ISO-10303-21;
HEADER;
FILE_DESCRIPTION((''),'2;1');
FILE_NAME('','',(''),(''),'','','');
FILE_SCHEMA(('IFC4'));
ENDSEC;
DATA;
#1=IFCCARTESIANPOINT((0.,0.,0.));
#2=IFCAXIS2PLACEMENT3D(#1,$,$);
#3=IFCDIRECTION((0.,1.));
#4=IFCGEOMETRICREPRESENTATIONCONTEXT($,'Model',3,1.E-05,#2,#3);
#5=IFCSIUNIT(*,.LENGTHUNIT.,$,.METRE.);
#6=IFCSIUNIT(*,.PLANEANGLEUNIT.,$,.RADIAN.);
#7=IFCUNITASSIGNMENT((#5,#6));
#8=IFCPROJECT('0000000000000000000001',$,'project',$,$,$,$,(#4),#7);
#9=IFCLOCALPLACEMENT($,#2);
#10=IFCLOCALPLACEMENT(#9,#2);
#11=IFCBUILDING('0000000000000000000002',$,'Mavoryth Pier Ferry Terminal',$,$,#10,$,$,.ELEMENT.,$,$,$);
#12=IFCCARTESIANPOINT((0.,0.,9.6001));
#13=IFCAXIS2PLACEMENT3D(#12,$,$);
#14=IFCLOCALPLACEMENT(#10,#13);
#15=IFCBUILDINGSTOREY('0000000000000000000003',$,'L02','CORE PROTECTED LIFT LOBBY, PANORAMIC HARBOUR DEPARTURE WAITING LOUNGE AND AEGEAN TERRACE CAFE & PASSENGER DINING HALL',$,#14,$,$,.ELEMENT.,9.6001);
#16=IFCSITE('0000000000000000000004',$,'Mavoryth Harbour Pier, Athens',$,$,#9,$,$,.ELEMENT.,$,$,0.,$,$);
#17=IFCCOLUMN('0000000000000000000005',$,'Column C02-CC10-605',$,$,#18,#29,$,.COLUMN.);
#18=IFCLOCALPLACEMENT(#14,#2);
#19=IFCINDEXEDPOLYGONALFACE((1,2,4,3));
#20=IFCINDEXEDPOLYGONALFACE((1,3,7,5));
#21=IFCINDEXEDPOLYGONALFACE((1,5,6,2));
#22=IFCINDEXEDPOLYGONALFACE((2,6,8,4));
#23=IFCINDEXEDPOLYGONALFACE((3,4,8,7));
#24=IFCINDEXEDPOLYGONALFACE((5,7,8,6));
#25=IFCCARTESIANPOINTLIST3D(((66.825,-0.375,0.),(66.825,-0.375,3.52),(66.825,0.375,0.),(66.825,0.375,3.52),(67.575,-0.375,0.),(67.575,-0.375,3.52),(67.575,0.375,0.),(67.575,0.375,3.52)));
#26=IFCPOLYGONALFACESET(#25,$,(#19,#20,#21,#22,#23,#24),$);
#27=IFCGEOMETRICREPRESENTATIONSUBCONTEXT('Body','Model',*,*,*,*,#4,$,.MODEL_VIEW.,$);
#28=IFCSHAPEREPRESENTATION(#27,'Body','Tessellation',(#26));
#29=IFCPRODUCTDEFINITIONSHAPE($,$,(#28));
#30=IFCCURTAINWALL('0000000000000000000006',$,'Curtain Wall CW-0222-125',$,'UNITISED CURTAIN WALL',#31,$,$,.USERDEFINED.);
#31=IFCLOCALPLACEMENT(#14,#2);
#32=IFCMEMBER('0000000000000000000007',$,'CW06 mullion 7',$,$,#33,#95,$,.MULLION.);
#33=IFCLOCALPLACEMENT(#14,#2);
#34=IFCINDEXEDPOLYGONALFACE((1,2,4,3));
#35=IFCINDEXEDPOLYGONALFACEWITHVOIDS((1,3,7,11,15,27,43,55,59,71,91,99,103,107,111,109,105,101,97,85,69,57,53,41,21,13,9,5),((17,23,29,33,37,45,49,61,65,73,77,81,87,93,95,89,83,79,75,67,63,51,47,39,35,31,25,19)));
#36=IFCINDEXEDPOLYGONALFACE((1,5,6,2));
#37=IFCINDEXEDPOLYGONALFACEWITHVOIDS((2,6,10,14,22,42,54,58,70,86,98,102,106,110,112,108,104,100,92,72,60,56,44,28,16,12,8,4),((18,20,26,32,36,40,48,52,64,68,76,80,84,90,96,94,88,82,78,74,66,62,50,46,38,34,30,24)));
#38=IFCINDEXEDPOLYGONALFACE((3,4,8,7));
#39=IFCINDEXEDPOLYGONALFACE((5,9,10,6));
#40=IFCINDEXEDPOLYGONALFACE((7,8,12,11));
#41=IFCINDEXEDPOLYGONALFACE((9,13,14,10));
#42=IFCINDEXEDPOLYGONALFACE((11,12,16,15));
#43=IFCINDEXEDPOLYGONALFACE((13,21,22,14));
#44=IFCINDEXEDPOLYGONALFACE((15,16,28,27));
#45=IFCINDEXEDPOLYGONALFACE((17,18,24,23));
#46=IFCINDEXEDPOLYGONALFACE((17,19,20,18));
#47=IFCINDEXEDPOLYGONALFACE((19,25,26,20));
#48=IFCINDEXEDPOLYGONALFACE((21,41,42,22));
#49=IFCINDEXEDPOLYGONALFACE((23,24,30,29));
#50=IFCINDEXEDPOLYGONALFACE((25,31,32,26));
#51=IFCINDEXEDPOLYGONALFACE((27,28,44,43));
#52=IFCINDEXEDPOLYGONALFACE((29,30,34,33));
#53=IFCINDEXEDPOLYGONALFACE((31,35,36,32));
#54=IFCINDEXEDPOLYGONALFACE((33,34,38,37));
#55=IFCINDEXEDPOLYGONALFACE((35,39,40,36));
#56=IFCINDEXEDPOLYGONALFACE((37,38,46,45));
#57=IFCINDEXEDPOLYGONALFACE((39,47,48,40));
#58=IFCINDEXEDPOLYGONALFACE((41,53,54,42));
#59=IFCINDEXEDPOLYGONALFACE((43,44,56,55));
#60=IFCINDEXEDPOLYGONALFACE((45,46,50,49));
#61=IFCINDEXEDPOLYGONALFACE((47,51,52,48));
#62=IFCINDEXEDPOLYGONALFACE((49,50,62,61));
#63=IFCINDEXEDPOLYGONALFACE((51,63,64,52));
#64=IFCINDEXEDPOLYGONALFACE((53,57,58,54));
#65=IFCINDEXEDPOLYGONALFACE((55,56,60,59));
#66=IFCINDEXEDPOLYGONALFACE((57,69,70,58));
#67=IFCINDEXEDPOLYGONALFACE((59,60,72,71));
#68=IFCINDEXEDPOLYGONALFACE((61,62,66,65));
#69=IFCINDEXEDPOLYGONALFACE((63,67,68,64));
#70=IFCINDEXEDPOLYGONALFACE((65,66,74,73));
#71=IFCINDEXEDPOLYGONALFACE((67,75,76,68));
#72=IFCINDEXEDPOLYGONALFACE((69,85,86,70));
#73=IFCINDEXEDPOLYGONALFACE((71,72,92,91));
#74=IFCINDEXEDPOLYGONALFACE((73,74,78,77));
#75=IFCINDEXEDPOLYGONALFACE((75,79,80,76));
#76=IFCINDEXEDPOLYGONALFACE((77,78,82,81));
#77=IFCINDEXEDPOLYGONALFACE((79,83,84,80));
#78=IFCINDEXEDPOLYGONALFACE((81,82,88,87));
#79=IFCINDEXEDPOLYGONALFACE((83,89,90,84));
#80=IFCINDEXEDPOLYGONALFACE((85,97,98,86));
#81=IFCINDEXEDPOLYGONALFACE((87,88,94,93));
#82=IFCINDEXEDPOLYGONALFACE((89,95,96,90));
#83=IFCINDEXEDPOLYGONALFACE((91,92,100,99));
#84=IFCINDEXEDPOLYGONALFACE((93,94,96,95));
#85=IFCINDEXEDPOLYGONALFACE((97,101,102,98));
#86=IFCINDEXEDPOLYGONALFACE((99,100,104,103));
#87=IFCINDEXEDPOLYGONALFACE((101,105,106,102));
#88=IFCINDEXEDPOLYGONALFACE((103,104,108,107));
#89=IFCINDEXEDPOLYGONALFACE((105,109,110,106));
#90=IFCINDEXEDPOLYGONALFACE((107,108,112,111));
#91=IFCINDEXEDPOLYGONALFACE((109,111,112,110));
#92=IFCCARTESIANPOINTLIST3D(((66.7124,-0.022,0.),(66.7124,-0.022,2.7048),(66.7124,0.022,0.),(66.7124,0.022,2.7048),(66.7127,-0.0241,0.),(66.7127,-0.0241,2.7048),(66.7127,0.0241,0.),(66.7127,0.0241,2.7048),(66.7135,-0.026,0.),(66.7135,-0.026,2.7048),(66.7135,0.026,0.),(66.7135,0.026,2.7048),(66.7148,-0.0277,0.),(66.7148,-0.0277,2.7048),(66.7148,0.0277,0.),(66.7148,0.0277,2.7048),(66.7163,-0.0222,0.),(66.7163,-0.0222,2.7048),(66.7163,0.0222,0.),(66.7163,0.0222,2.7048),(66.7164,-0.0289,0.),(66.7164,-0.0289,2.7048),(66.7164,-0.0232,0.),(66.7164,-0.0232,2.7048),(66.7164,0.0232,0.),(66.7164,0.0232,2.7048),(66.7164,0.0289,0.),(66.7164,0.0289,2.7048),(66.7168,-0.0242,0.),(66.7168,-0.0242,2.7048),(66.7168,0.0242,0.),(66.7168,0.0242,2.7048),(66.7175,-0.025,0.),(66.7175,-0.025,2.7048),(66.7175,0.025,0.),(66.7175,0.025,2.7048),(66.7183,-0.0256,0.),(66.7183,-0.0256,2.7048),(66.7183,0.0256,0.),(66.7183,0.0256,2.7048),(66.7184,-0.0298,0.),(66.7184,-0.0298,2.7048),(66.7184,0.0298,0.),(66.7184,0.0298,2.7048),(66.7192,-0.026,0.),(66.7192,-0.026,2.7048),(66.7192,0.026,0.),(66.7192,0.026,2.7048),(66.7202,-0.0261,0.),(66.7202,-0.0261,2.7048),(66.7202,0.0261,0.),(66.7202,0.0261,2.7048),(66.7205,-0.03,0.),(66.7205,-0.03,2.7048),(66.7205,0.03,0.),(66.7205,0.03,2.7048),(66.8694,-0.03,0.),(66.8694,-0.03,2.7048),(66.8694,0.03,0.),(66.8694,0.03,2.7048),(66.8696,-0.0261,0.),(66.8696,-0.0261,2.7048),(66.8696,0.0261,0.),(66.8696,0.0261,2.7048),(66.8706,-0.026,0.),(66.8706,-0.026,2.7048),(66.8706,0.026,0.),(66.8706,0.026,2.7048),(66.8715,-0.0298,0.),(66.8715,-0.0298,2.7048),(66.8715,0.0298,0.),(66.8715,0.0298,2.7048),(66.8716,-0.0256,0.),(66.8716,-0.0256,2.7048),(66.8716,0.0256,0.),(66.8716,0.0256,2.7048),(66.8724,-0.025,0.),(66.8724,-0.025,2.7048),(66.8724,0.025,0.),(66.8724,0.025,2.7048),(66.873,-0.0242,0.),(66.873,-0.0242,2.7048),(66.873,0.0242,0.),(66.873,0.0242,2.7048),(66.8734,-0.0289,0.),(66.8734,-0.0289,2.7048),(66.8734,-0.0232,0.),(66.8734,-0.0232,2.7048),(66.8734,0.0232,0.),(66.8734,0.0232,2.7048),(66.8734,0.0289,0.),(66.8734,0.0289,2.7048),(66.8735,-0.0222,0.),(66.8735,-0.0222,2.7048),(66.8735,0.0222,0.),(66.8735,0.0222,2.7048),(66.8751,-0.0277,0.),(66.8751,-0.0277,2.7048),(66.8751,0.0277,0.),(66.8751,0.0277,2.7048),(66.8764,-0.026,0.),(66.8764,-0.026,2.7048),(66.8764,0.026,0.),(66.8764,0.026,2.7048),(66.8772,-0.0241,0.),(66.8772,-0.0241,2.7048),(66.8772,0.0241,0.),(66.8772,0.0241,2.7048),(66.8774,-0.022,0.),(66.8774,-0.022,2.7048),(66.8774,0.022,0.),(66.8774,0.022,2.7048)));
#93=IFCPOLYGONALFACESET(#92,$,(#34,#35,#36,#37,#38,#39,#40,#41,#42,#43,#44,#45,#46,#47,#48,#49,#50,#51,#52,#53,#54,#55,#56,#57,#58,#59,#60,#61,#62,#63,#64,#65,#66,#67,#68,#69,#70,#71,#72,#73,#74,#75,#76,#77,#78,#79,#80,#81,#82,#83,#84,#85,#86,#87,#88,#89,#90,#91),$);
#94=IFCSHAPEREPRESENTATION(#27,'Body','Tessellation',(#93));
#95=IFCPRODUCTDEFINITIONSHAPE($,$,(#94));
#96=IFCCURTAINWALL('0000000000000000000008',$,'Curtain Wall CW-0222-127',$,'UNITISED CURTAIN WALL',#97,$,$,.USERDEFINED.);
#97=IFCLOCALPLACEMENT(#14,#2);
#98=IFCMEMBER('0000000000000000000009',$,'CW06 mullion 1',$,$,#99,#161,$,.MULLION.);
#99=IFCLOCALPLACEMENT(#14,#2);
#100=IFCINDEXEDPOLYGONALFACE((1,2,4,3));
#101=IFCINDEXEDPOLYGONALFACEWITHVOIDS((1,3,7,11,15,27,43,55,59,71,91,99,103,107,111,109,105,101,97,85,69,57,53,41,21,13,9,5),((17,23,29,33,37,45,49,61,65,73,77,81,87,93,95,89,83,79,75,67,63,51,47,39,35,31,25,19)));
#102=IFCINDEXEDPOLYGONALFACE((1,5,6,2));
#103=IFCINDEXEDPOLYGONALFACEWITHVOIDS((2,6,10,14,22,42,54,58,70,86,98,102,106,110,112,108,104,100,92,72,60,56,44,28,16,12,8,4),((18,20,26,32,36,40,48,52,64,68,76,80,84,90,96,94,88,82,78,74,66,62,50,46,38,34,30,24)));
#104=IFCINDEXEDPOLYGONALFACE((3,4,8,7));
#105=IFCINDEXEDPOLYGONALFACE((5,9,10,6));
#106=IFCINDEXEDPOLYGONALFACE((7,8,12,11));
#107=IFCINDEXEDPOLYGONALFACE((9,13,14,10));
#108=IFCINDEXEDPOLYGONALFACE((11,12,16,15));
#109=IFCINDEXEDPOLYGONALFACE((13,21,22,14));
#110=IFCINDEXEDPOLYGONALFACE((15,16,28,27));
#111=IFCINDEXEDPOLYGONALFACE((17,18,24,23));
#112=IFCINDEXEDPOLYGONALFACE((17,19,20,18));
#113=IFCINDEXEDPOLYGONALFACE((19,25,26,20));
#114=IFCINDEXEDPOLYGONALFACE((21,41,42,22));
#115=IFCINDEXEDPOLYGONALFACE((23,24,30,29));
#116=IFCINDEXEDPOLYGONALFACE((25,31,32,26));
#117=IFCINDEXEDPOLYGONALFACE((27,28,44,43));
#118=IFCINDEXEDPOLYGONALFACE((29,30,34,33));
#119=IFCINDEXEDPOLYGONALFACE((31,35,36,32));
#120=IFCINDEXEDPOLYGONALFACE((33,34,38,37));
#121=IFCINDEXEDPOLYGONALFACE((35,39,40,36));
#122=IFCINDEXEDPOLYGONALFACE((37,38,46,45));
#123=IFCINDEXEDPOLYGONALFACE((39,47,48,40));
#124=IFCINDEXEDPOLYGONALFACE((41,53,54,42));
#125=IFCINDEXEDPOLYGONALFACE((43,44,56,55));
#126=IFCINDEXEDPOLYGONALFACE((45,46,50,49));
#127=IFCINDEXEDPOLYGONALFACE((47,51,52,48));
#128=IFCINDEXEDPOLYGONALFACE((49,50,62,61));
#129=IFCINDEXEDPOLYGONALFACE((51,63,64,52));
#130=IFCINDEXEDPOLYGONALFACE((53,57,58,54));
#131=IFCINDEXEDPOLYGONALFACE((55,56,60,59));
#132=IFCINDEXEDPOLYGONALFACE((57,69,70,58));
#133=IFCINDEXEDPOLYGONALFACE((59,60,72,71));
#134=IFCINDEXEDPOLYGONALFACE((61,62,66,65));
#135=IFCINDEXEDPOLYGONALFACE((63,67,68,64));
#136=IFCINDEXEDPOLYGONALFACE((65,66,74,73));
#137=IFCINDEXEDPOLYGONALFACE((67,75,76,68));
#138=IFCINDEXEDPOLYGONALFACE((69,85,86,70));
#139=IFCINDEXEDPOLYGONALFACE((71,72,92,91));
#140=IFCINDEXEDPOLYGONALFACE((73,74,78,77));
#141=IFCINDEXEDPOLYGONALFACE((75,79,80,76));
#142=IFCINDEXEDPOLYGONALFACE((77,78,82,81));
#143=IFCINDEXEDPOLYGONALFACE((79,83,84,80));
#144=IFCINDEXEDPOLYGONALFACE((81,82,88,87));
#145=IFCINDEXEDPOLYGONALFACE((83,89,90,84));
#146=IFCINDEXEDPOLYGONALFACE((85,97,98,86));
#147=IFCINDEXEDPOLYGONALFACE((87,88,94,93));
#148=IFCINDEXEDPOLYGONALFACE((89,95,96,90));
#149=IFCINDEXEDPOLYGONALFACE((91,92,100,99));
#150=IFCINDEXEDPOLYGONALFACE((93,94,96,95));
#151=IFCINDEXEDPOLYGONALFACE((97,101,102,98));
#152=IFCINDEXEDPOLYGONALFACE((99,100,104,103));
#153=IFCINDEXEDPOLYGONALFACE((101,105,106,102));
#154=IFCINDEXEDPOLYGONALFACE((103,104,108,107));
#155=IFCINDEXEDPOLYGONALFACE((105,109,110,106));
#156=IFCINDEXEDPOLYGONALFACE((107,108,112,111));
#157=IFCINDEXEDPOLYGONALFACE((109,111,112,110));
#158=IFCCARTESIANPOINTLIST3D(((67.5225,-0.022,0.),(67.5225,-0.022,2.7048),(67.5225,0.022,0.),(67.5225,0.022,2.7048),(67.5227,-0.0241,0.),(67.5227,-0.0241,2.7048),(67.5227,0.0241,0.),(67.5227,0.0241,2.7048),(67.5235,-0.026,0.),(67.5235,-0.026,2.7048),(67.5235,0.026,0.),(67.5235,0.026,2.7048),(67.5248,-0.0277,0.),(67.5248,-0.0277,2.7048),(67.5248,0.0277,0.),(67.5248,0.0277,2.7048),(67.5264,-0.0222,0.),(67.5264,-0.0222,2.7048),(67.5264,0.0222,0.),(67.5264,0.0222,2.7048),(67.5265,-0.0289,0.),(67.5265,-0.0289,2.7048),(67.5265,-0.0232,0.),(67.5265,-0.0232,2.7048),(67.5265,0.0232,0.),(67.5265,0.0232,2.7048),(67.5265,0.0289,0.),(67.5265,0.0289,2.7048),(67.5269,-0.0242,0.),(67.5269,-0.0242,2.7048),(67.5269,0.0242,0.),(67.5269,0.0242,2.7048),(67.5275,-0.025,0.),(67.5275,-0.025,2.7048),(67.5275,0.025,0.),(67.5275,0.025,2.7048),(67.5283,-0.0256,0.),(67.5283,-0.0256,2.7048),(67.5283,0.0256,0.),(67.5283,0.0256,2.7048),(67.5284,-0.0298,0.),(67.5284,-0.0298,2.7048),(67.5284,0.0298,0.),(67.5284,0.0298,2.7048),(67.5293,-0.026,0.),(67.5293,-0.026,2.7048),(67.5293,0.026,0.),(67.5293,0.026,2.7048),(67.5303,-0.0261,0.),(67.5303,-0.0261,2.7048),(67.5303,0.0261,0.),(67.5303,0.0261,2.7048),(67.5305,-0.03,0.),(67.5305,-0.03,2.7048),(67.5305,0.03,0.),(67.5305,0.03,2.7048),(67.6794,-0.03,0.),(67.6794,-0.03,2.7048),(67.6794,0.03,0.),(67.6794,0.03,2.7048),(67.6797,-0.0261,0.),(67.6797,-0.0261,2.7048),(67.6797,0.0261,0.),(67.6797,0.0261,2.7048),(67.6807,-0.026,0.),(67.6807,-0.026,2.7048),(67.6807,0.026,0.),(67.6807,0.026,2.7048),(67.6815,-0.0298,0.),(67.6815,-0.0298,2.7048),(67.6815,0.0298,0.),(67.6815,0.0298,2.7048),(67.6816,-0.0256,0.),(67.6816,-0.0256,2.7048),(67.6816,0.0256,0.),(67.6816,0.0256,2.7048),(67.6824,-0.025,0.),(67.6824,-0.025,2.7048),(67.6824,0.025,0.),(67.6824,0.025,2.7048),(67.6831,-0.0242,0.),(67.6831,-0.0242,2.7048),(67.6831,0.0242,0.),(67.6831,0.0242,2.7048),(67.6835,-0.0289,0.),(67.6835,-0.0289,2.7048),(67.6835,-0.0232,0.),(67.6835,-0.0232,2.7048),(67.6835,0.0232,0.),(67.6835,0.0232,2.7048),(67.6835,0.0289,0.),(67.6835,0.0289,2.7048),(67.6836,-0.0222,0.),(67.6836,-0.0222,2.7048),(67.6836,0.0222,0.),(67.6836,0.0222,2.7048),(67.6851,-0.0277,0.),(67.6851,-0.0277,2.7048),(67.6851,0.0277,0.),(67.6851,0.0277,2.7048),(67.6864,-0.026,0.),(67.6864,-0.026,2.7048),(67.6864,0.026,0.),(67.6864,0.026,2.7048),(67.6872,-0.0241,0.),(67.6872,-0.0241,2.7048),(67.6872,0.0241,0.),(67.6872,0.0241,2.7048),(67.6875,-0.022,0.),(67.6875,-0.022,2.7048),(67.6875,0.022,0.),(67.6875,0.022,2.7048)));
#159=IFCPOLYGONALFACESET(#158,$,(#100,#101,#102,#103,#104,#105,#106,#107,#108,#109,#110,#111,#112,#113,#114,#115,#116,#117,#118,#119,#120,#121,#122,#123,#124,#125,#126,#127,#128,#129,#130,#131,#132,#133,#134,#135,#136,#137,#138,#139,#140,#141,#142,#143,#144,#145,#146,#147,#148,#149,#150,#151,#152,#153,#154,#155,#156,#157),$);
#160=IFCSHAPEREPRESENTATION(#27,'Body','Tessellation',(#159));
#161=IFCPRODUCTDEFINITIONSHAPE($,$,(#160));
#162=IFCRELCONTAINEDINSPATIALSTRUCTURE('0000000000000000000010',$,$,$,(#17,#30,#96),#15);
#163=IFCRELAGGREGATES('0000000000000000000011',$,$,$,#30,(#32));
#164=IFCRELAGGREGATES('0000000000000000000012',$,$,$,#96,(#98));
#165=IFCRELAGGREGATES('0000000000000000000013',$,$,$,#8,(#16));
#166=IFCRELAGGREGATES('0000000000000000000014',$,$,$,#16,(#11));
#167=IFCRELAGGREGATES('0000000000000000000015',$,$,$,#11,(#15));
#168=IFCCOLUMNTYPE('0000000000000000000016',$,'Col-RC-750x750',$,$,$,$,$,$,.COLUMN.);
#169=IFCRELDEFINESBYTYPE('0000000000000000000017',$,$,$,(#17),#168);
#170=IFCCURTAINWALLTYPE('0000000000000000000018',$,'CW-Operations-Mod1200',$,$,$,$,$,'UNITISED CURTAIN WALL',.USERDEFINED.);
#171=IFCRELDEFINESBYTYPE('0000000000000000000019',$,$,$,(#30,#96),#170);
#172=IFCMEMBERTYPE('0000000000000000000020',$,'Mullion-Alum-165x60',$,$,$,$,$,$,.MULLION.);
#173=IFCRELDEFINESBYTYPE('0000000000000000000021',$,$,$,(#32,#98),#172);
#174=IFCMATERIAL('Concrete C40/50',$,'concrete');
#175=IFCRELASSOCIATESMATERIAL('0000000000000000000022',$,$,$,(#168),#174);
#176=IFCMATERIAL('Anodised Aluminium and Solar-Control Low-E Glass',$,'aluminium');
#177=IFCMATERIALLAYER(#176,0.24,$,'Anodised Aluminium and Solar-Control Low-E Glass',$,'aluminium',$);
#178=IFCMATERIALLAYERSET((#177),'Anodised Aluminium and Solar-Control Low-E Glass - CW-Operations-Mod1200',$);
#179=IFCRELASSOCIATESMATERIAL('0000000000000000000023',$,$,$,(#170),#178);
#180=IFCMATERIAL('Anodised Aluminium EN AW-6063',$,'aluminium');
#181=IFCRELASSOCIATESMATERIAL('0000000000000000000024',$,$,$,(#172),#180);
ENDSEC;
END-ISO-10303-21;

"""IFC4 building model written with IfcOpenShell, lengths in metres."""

from ifc_helpers import new_model, si_unit, direction, frame, origin, origin_2d, place, context, subcontext, project, spatial, rectangle, hollow_rectangle, extrude, material, layer, layer_set, material_profile, profile_set, type_object, element, aggregate, save


model = new_model("IFC4")

# Units and contexts
model_context = context("Model", 3, precision=1e-05, world=origin(), true_north=direction((0.0, 1.0)))
body_context = subcontext(model_context, "Body", "Model", "MODEL_VIEW")
ifc_project = project(units=[si_unit("LENGTHUNIT", "METRE"), si_unit("PLANEANGLEUNIT", "RADIAN")], contexts=[model_context])

# Site, building, storey
site_placement = place(None, origin())
site = spatial("IfcSite", under=ifc_project, at=site_placement, Name="Mavoryth Harbour Pier, Athens", CompositionType="ELEMENT", RefElevation=0.0)
building_placement = place(site_placement, origin())
building = spatial("IfcBuilding", under=site, at=building_placement, Name="Mavoryth Pier Ferry Terminal", CompositionType="ELEMENT")
storey_placement = place(building_placement, frame((0.0, 0.0, 9.6001)))
storey = spatial("IfcBuildingStorey", under=building, at=storey_placement, Name="L02", Description="CORE PROTECTED LIFT LOBBY, PANORAMIC HARBOUR DEPARTURE WAITING LOUNGE AND AEGEAN TERRACE CAFE & PASSENGER DINING HALL", CompositionType="ELEMENT", Elevation=9.6001)

# Column
ifc_material_1 = material(Name="Concrete C40/50", Category="concrete")
ifc_material_profile_1 = material_profile(ifc_material_1, rectangle(XDim=0.75, YDim=0.75, at=origin_2d()), Name="RC 750x750", Category="concrete")
ifc_profile_set_1 = profile_set([ifc_material_profile_1], Name="Concrete C40/50 - RC 750x750")
column_type = type_object("IfcColumnType", Name="Col-RC-750x750", PredefinedType="COLUMN", material=ifc_profile_set_1)
column_placement = place(storey_placement, frame((67.2, 0.0, 0.0), z_axis=(0.0, 0.0, 1.0), x_axis=(1.0, 0.0, 0.0)))
element("IfcColumn", 1, at=column_placement, inside=storey, type_object=column_type, Name="Column C02-CC10-605", PredefinedType="COLUMN", context=body_context, shape_type="SweptSolid", body=[
    extrude(rectangle(XDim=0.75, YDim=0.75, at=origin_2d()), origin(), (0.0, 0.0, 1.0), 3.52),
])

# Curtain wall, member
ifc_material_2 = material(Name="Anodised Aluminium and Solar-Control Low-E Glass", Category="aluminium")
ifc_layer_1 = layer(ifc_material_2, 0.24, Name="Anodised Aluminium and Solar-Control Low-E Glass", Category="aluminium")
ifc_layer_set_1 = layer_set([ifc_layer_1], Name="Anodised Aluminium and Solar-Control Low-E Glass - CW-Operations-Mod1200")
curtain_wall_type = type_object("IfcCurtainWallType", Name="CW-Operations-Mod1200", ElementType="UNITISED CURTAIN WALL", PredefinedType="USERDEFINED", material=ifc_layer_set_1)
curtain_wall_1_placement = place(storey_placement, origin())
curtain_wall_1 = element("IfcCurtainWall", 2, at=curtain_wall_1_placement, inside=storey, type_object=curtain_wall_type, Name="Curtain Wall CW-0222-125", ObjectType="UNITISED CURTAIN WALL", PredefinedType="USERDEFINED")
ifc_material_3 = material(Name="Anodised Aluminium EN AW-6063", Category="aluminium")
ifc_material_profile_2 = material_profile(ifc_material_3, hollow_rectangle(XDim=0.0601, YDim=0.165, WallThickness=0.0039, InnerFilletRadius=0.0039, OuterFilletRadius=0.0081, at=origin_2d()), Name="AL-MULL 165x60x4", Category="aluminium")
ifc_profile_set_2 = profile_set([ifc_material_profile_2], Name="Anodised Aluminium EN AW-6063 - AL-MULL 165x60x4")
member_type_1 = type_object("IfcMemberType", Name="Mullion-Alum-165x60", PredefinedType="MULLION", material=ifc_profile_set_2)
member_1_placement = place(storey_placement, frame((66.7949, 0.0, 0.0), z_axis=(0.0, 0.0, 1.0), x_axis=(0.0, 1.0, 0.0)))
member_1 = element("IfcMember", 3, at=member_1_placement, type_object=member_type_1, Name="CW06 mullion 7", PredefinedType="MULLION", context=body_context, shape_type="SweptSolid", body=[
    extrude(hollow_rectangle(XDim=0.0601, YDim=0.165, WallThickness=0.0039, InnerFilletRadius=0.0039, OuterFilletRadius=0.0081, at=origin_2d()), origin(), (0.0, 0.0, 1.0), 2.7048),
])

# Curtain wall, member
curtain_wall_2_placement = place(storey_placement, origin())
curtain_wall_2 = element("IfcCurtainWall", 4, at=curtain_wall_2_placement, inside=storey, type_object=curtain_wall_type, Name="Curtain Wall CW-0222-127", ObjectType="UNITISED CURTAIN WALL", PredefinedType="USERDEFINED")
member_2_placement = place(storey_placement, frame((67.605, 0.0, 0.0), z_axis=(0.0, 0.0, 1.0), x_axis=(0.0, 1.0, 0.0)))
member_2 = element("IfcMember", 5, at=member_2_placement, type_object=member_type_1, Name="CW06 mullion 1", PredefinedType="MULLION", context=body_context, shape_type="SweptSolid", body=[
    extrude(hollow_rectangle(XDim=0.0601, YDim=0.165, WallThickness=0.0039, InnerFilletRadius=0.0039, OuterFilletRadius=0.0081, at=origin_2d()), origin(), (0.0, 0.0, 1.0), 2.7048),
])

aggregate(curtain_wall_1, [member_1])
aggregate(curtain_wall_2, [member_2])

save(model, "model.ifc")
